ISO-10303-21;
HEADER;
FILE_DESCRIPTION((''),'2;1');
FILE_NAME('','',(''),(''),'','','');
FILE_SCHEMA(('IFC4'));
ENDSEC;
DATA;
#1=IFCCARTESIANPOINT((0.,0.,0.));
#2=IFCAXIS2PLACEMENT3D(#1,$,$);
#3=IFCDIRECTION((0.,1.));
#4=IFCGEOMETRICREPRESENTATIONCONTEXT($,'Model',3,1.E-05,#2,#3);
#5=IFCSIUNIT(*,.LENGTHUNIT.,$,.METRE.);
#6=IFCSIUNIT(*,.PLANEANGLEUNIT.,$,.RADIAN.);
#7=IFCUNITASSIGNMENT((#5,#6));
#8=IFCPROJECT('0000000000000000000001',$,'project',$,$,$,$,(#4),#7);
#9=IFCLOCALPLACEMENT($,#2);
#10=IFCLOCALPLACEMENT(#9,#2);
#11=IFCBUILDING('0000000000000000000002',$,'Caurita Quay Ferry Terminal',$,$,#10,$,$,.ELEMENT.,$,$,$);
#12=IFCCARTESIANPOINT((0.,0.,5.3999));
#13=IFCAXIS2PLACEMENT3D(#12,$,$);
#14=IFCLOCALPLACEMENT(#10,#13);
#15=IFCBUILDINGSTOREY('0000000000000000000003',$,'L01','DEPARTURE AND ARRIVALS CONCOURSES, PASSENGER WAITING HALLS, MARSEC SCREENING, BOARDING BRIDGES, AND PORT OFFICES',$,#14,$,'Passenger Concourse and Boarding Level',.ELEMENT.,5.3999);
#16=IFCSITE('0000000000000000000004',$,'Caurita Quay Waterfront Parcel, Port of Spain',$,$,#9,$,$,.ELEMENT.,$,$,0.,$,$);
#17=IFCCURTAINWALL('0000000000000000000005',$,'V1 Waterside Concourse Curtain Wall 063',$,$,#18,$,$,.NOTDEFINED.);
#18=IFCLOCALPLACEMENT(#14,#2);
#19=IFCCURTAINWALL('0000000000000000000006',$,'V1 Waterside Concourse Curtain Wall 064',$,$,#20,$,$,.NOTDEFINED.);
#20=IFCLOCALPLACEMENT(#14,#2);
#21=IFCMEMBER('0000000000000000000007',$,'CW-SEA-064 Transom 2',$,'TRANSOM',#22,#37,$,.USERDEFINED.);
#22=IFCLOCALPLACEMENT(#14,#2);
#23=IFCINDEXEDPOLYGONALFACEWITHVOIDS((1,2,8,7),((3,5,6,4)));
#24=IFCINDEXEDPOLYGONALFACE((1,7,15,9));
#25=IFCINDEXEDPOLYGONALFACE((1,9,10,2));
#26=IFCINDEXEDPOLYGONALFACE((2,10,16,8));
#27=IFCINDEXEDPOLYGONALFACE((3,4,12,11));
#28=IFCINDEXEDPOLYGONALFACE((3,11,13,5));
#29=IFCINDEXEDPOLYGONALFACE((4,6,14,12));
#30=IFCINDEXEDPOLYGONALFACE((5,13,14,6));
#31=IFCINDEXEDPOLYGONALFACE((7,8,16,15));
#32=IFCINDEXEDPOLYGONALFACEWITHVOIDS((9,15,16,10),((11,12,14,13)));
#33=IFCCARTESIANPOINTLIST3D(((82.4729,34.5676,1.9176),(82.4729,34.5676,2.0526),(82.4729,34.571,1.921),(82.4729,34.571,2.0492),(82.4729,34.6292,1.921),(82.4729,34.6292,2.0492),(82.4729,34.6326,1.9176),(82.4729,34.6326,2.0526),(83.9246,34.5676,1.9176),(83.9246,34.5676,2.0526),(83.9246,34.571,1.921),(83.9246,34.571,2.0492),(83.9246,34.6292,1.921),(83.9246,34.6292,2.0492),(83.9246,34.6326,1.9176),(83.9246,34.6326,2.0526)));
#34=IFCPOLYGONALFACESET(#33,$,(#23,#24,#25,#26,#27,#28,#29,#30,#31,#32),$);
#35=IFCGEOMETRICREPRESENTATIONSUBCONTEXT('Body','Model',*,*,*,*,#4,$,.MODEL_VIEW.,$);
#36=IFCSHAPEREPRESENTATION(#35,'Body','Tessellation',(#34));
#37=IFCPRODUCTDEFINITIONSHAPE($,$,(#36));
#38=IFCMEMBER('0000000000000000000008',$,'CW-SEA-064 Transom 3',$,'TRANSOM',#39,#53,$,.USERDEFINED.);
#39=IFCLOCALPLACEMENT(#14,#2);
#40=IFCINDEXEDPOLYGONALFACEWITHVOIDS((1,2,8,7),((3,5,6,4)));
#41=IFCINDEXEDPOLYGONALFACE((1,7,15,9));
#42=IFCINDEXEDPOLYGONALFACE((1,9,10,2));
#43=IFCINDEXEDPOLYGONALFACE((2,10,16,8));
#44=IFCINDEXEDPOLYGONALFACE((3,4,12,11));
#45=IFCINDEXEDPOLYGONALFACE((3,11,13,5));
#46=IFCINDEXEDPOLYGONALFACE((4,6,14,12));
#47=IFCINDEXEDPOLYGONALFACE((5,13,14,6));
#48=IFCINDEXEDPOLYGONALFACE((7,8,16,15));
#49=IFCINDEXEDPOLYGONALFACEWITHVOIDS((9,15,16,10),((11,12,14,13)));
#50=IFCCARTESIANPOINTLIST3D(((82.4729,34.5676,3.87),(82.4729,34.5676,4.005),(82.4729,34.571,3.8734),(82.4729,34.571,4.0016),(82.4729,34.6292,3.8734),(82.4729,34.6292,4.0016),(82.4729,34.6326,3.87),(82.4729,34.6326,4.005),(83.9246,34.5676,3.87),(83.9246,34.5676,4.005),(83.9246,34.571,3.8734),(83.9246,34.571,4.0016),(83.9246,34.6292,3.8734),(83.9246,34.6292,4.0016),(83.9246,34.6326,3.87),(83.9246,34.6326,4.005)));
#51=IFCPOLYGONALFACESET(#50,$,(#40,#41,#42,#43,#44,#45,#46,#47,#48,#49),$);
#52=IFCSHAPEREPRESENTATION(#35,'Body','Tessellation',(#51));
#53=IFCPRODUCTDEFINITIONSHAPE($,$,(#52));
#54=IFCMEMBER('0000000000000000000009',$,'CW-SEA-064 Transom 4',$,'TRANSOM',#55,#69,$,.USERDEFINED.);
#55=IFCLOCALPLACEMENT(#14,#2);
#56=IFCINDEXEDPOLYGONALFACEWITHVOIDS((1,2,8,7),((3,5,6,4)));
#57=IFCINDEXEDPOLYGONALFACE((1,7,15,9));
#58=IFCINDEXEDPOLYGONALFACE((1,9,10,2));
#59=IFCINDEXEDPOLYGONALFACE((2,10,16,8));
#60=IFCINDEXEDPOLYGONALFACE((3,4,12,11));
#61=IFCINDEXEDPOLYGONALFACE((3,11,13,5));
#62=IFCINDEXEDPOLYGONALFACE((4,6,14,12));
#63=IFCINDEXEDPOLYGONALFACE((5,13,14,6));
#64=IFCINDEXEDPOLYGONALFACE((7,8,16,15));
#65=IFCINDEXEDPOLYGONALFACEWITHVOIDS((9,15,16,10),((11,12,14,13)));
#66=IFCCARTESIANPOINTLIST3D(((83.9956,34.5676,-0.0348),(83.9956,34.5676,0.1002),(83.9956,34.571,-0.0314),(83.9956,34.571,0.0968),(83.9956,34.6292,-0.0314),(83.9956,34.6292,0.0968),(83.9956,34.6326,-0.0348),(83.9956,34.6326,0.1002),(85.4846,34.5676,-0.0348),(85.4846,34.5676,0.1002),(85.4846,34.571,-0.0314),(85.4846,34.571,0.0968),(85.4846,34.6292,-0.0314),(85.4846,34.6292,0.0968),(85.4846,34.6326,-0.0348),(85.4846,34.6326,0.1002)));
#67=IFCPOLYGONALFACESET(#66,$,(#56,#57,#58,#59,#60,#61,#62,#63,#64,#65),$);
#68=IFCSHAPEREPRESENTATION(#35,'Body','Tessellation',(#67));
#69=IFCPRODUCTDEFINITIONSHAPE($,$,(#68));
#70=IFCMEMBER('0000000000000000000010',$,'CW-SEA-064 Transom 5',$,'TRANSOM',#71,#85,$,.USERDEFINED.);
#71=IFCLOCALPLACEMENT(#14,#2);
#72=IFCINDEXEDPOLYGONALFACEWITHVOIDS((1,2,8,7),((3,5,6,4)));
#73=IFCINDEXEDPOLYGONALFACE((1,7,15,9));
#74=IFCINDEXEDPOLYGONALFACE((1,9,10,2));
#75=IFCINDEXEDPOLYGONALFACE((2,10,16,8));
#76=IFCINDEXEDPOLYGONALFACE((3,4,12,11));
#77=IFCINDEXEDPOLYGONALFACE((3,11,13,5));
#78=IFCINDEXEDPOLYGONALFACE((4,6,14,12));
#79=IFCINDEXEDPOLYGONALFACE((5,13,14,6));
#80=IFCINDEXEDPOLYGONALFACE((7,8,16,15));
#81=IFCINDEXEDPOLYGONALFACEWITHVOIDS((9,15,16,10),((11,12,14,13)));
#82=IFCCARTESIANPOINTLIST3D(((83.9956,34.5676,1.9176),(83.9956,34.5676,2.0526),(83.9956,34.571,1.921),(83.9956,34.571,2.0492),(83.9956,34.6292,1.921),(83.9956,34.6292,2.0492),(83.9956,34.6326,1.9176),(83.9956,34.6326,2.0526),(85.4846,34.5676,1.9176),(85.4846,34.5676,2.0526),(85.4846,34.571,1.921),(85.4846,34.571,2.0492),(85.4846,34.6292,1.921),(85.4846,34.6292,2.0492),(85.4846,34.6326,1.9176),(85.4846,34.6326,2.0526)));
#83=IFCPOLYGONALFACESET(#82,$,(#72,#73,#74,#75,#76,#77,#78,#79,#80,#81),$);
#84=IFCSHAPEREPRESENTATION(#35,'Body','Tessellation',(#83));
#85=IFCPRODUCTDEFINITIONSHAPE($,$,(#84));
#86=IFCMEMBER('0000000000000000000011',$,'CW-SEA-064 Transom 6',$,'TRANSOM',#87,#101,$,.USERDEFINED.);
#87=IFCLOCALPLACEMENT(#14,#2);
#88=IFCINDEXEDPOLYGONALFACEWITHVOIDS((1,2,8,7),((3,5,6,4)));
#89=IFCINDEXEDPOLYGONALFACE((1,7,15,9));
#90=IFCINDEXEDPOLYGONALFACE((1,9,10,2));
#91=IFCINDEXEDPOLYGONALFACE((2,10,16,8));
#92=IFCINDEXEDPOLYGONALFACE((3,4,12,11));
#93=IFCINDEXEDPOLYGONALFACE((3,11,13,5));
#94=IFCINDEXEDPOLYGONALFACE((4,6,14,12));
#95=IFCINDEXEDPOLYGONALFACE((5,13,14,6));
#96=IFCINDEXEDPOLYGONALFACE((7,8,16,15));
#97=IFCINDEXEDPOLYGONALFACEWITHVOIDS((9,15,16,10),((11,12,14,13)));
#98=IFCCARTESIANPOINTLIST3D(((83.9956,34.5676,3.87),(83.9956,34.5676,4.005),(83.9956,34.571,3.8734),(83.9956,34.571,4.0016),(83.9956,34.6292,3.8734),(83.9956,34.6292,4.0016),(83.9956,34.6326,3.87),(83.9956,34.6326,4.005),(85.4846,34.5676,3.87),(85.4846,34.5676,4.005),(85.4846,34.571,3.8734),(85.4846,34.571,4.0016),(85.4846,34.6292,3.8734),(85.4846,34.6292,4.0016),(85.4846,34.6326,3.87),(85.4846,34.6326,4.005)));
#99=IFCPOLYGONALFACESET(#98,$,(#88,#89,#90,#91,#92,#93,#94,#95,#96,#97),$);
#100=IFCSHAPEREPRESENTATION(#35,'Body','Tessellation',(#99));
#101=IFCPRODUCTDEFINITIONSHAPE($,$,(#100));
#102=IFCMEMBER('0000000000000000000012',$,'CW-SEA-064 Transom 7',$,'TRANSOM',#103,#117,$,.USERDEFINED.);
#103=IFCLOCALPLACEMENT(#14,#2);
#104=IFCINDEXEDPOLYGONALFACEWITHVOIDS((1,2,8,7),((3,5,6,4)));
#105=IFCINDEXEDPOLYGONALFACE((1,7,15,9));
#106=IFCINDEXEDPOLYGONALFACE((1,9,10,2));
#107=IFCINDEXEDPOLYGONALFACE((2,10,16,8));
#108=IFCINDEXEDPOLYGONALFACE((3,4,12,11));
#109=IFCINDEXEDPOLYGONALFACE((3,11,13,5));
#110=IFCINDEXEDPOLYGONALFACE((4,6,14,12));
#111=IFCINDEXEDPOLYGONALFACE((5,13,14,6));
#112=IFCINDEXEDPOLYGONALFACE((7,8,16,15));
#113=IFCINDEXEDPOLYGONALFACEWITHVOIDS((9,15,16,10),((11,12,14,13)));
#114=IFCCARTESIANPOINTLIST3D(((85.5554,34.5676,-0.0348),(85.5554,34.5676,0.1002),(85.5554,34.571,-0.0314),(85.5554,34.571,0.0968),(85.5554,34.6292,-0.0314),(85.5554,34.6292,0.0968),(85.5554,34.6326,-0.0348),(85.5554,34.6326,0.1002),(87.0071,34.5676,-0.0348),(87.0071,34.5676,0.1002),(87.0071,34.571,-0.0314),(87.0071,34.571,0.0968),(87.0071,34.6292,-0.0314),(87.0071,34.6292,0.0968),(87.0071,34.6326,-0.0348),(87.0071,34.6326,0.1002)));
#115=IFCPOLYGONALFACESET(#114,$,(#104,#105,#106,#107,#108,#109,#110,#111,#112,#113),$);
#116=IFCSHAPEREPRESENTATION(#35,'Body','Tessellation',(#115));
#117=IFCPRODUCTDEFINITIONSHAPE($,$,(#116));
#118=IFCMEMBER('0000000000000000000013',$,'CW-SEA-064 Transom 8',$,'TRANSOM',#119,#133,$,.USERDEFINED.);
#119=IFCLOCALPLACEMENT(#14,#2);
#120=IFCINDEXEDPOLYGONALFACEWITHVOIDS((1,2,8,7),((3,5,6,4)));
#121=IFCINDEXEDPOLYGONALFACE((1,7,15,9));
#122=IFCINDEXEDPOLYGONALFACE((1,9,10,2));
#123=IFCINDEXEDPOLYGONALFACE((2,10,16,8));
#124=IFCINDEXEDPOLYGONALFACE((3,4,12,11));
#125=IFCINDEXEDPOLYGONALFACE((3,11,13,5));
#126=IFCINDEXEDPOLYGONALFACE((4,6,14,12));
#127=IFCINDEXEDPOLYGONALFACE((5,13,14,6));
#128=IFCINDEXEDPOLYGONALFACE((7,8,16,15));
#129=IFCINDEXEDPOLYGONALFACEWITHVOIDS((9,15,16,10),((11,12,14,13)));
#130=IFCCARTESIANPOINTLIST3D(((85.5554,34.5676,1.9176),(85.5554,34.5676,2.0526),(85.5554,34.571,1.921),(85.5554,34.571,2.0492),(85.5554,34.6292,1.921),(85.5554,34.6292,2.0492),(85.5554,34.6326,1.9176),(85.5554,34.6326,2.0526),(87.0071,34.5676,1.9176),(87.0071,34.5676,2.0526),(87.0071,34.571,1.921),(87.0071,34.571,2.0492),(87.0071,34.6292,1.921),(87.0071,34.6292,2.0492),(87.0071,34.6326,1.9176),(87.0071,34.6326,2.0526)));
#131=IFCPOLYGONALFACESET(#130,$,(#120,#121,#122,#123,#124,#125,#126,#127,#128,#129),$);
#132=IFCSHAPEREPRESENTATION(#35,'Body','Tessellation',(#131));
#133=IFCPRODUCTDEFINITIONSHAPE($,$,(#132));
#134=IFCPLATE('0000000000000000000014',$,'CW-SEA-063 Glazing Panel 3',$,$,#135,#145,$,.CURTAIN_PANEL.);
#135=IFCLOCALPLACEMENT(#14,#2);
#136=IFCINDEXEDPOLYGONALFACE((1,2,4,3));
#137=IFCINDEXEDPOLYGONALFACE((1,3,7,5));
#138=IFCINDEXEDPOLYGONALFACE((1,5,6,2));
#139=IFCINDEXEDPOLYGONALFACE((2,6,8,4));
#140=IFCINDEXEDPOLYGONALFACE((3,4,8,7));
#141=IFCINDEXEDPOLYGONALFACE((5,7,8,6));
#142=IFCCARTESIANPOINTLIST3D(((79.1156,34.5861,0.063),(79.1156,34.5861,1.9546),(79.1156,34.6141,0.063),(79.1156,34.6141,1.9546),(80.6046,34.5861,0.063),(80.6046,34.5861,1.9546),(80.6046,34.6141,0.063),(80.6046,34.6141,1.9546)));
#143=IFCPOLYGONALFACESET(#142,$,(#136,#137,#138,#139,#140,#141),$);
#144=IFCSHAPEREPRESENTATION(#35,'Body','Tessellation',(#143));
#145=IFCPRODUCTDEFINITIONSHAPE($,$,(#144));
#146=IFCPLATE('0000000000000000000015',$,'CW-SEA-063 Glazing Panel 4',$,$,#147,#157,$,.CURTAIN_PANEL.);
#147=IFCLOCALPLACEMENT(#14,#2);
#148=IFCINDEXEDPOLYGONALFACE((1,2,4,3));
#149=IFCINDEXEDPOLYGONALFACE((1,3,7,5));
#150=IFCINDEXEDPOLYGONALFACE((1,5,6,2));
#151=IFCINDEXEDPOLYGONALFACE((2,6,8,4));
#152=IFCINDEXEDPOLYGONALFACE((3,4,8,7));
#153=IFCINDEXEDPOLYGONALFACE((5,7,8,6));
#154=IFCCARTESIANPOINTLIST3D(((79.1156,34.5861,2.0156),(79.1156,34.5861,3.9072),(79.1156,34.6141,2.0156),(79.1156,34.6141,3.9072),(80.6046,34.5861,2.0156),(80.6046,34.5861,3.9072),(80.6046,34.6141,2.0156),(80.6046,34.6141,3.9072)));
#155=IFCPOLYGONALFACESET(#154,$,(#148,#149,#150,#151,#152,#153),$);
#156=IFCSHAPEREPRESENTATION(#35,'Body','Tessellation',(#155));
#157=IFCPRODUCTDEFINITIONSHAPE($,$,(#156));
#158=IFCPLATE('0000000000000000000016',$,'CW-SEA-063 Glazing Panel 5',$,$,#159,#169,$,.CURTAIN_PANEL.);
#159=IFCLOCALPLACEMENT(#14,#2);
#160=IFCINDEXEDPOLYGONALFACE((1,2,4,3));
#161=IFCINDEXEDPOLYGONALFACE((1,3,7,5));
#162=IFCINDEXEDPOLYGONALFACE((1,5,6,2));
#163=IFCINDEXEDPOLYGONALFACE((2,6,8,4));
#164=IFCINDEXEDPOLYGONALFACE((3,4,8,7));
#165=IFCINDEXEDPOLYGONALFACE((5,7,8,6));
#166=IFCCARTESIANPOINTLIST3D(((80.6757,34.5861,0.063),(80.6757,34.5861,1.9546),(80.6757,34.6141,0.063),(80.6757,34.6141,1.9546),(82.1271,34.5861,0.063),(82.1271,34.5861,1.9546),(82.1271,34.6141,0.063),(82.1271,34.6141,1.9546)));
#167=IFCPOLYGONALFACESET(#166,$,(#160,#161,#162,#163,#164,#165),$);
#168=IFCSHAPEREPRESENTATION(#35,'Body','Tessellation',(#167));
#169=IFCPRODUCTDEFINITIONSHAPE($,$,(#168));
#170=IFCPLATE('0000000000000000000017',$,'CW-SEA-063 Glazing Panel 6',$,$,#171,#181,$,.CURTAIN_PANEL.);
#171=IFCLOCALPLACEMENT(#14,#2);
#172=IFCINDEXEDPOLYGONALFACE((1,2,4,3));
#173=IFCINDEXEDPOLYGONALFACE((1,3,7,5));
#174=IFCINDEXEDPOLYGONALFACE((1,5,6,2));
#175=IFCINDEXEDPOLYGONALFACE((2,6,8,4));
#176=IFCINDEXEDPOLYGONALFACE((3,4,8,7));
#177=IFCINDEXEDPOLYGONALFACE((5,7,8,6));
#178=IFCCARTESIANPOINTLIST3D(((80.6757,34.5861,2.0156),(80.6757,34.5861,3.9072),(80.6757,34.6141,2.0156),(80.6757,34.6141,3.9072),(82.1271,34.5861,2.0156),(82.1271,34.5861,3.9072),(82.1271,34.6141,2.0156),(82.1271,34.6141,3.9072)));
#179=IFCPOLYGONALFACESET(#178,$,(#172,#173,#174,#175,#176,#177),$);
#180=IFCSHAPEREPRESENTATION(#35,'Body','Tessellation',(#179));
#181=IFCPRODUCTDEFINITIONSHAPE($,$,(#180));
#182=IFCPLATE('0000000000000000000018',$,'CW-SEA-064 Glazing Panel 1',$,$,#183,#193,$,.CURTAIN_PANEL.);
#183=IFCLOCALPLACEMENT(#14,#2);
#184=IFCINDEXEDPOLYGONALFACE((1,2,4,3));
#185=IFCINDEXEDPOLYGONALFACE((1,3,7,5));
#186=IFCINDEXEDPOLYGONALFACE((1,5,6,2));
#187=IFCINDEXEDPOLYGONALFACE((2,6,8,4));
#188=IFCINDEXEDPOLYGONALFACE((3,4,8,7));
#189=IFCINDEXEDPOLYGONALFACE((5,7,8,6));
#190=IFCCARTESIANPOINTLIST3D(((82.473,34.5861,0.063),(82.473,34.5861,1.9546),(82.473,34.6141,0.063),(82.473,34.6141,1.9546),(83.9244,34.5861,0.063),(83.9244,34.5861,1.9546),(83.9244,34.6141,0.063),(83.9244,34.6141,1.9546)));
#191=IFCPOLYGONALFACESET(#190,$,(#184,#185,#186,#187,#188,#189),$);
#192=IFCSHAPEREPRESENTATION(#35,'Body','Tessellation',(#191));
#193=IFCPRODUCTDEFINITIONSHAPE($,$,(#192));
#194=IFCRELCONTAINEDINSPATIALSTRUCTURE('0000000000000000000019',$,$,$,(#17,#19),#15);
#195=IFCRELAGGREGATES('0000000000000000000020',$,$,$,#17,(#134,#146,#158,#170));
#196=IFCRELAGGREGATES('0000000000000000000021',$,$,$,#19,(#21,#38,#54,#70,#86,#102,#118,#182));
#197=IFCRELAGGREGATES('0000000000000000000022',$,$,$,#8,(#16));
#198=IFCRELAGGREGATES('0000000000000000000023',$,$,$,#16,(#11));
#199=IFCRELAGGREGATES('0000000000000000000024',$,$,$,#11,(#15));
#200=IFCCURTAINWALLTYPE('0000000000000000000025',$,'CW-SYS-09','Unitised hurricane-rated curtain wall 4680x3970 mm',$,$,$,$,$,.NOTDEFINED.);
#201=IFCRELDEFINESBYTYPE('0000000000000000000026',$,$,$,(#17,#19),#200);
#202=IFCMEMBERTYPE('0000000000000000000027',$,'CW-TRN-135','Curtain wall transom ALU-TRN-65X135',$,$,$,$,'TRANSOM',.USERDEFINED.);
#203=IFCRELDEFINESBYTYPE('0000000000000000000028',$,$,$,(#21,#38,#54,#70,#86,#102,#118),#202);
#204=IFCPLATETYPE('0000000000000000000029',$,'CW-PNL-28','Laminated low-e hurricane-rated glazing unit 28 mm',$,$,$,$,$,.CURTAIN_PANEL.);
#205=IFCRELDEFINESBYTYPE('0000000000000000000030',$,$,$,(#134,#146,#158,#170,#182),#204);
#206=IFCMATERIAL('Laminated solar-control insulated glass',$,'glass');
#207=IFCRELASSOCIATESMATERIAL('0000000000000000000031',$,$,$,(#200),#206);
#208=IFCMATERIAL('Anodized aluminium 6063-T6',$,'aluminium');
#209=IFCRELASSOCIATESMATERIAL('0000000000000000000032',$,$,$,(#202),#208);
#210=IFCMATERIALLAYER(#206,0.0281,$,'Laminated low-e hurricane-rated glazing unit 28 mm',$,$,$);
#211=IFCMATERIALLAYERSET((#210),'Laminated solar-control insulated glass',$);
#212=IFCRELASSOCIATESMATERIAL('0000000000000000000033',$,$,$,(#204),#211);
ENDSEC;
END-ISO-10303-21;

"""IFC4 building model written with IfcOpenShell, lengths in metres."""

from ifc_helpers import new_model, si_unit, direction, frame, origin, origin_2d, place, context, subcontext, project, spatial, rectangle, hollow_rectangle, extrude, material, layer, layer_set, material_profile, profile_set, type_object, element, aggregate, save


model = new_model("IFC4")

# Units and contexts
model_context = context("Model", 3, precision=1e-05, world=origin(), true_north=direction((0.0, 1.0)))
body_context = subcontext(model_context, "Body", "Model", "MODEL_VIEW")
ifc_project = project(units=[si_unit("LENGTHUNIT", "METRE"), si_unit("PLANEANGLEUNIT", "RADIAN")], contexts=[model_context])

# Site, building, storey
site_placement = place(None, origin())
site = spatial("IfcSite", under=ifc_project, at=site_placement, Name="Caurita Quay Waterfront Parcel, Port of Spain", CompositionType="ELEMENT", RefElevation=0.0)
building_placement = place(site_placement, origin())
building = spatial("IfcBuilding", under=site, at=building_placement, Name="Caurita Quay Ferry Terminal", CompositionType="ELEMENT")
storey_placement = place(building_placement, frame((0.0, 0.0, 5.3999)))
storey = spatial("IfcBuildingStorey", under=building, at=storey_placement, Name="L01", Description="DEPARTURE AND ARRIVALS CONCOURSES, PASSENGER WAITING HALLS, MARSEC SCREENING, BOARDING BRIDGES, AND PORT OFFICES", LongName="Passenger Concourse and Boarding Level", CompositionType="ELEMENT", Elevation=5.3999)

# Curtain walls
ifc_material_1 = material(Name="Laminated solar-control insulated glass", Category="glass")
curtain_wall_type = type_object("IfcCurtainWallType", Name="CW-SYS-09", Description="Unitised hurricane-rated curtain wall 4680x3970 mm", PredefinedType="NOTDEFINED", material=ifc_material_1)
curtain_wall_1_placement = place(storey_placement, origin())
curtain_wall_1 = element("IfcCurtainWall", 1, at=curtain_wall_1_placement, inside=storey, type_object=curtain_wall_type, Name="V1 Waterside Concourse Curtain Wall 063", PredefinedType="NOTDEFINED")
ifc_material_2 = material(Name="Anodized aluminium 6063-T6", Category="aluminium")
curtain_wall_2_placement = place(storey_placement, origin())
curtain_wall_2 = element("IfcCurtainWall", 2, at=curtain_wall_2_placement, inside=storey, type_object=curtain_wall_type, Name="V1 Waterside Concourse Curtain Wall 064", PredefinedType="NOTDEFINED")

# Members
ifc_material_profile_1 = material_profile(ifc_material_2, hollow_rectangle(XDim=0.0649, YDim=0.135, WallThickness=0.0034, at=origin_2d()), Name="ALU-TRN-65X135")
ifc_profile_set_1 = profile_set([ifc_material_profile_1], Name="Anodized aluminium 6063-T6")
member_type_1 = type_object("IfcMemberType", Name="CW-TRN-135", Description="Curtain wall transom ALU-TRN-65X135", ElementType="TRANSOM", PredefinedType="USERDEFINED", material=ifc_profile_set_1)
member_1_placement = place(storey_placement, frame((82.4729, 34.6001, 1.9851), z_axis=(1.0, 0.0, 0.0), x_axis=(0.0, 1.0, 0.0)))
member_1 = element("IfcMember", 3, at=member_1_placement, type_object=member_type_1, Name="CW-SEA-064 Transom 2", ObjectType="TRANSOM", PredefinedType="USERDEFINED", context=body_context, shape_type="SweptSolid", body=[
    extrude(hollow_rectangle(XDim=0.0649, YDim=0.135, WallThickness=0.0034, at=origin_2d()), origin(), (0.0, 0.0, 1.0), 1.4517),
])
member_2_placement = place(storey_placement, frame((82.4729, 34.6001, 3.9375), z_axis=(1.0, 0.0, 0.0), x_axis=(0.0, 1.0, 0.0)))
member_2 = element("IfcMember", 4, at=member_2_placement, type_object=member_type_1, Name="CW-SEA-064 Transom 3", ObjectType="TRANSOM", PredefinedType="USERDEFINED", context=body_context, shape_type="SweptSolid", body=[
    extrude(hollow_rectangle(XDim=0.0649, YDim=0.135, WallThickness=0.0034, at=origin_2d()), origin(), (0.0, 0.0, 1.0), 1.4517),
])
member_3_placement = place(storey_placement, frame((83.9956, 34.6001, 0.0327), z_axis=(1.0, 0.0, 0.0), x_axis=(0.0, 1.0, 0.0)))
member_3 = element("IfcMember", 5, at=member_3_placement, type_object=member_type_1, Name="CW-SEA-064 Transom 4", ObjectType="TRANSOM", PredefinedType="USERDEFINED", context=body_context, shape_type="SweptSolid", body=[
    extrude(hollow_rectangle(XDim=0.0649, YDim=0.135, WallThickness=0.0034, at=origin_2d()), origin(), (0.0, 0.0, 1.0), 1.489),
])
member_4_placement = place(storey_placement, frame((83.9956, 34.6001, 1.9851), z_axis=(1.0, 0.0, 0.0), x_axis=(0.0, 1.0, 0.0)))
member_4 = element("IfcMember", 6, at=member_4_placement, type_object=member_type_1, Name="CW-SEA-064 Transom 5", ObjectType="TRANSOM", PredefinedType="USERDEFINED", context=body_context, shape_type="SweptSolid", body=[
    extrude(hollow_rectangle(XDim=0.0649, YDim=0.135, WallThickness=0.0034, at=origin_2d()), origin(), (0.0, 0.0, 1.0), 1.489),
])
member_5_placement = place(storey_placement, frame((83.9956, 34.6001, 3.9375), z_axis=(1.0, 0.0, 0.0), x_axis=(0.0, 1.0, 0.0)))
member_5 = element("IfcMember", 7, at=member_5_placement, type_object=member_type_1, Name="CW-SEA-064 Transom 6", ObjectType="TRANSOM", PredefinedType="USERDEFINED", context=body_context, shape_type="SweptSolid", body=[
    extrude(hollow_rectangle(XDim=0.0649, YDim=0.135, WallThickness=0.0034, at=origin_2d()), origin(), (0.0, 0.0, 1.0), 1.489),
])
member_6_placement = place(storey_placement, frame((85.5554, 34.6001, 0.0327), z_axis=(1.0, 0.0, 0.0), x_axis=(0.0, 1.0, 0.0)))
member_6 = element("IfcMember", 8, at=member_6_placement, type_object=member_type_1, Name="CW-SEA-064 Transom 7", ObjectType="TRANSOM", PredefinedType="USERDEFINED", context=body_context, shape_type="SweptSolid", body=[
    extrude(hollow_rectangle(XDim=0.0649, YDim=0.135, WallThickness=0.0034, at=origin_2d()), origin(), (0.0, 0.0, 1.0), 1.4517),
])
member_7_placement = place(storey_placement, frame((85.5554, 34.6001, 1.9851), z_axis=(1.0, 0.0, 0.0), x_axis=(0.0, 1.0, 0.0)))
member_7 = element("IfcMember", 9, at=member_7_placement, type_object=member_type_1, Name="CW-SEA-064 Transom 8", ObjectType="TRANSOM", PredefinedType="USERDEFINED", context=body_context, shape_type="SweptSolid", body=[
    extrude(hollow_rectangle(XDim=0.0649, YDim=0.135, WallThickness=0.0034, at=origin_2d()), origin(), (0.0, 0.0, 1.0), 1.4517),
])

# Plates
ifc_layer = layer(ifc_material_1, 0.0281, Name="Laminated low-e hurricane-rated glazing unit 28 mm")
ifc_layer_set = layer_set([ifc_layer], Name="Laminated solar-control insulated glass")
plate_type = type_object("IfcPlateType", Name="CW-PNL-28", Description="Laminated low-e hurricane-rated glazing unit 28 mm", PredefinedType="CURTAIN_PANEL", material=ifc_layer_set)
plate_1_placement = place(storey_placement, frame((79.8601, 34.6001, 0.063), z_axis=(0.0, 0.0, 1.0), x_axis=(1.0, 0.0, 0.0)))
plate_1 = element("IfcPlate", 10, at=plate_1_placement, type_object=plate_type, Name="CW-SEA-063 Glazing Panel 3", PredefinedType="CURTAIN_PANEL", context=body_context, shape_type="SweptSolid", body=[
    extrude(rectangle(XDim=1.489, YDim=0.0281, at=origin_2d()), origin(), (0.0, 0.0, 1.0), 1.8916),
])
plate_2_placement = place(storey_placement, frame((79.8601, 34.6001, 2.0156), z_axis=(0.0, 0.0, 1.0), x_axis=(1.0, 0.0, 0.0)))
plate_2 = element("IfcPlate", 11, at=plate_2_placement, type_object=plate_type, Name="CW-SEA-063 Glazing Panel 4", PredefinedType="CURTAIN_PANEL", context=body_context, shape_type="SweptSolid", body=[
    extrude(rectangle(XDim=1.489, YDim=0.0281, at=origin_2d()), origin(), (0.0, 0.0, 1.0), 1.8916),
])
plate_3_placement = place(storey_placement, frame((81.4014, 34.6001, 0.063), z_axis=(0.0, 0.0, 1.0), x_axis=(1.0, 0.0, 0.0)))
plate_3 = element("IfcPlate", 12, at=plate_3_placement, type_object=plate_type, Name="CW-SEA-063 Glazing Panel 5", PredefinedType="CURTAIN_PANEL", context=body_context, shape_type="SweptSolid", body=[
    extrude(rectangle(XDim=1.4514, YDim=0.0281, at=origin_2d()), origin(), (0.0, 0.0, 1.0), 1.8916),
])
plate_4_placement = place(storey_placement, frame((81.4014, 34.6001, 2.0156), z_axis=(0.0, 0.0, 1.0), x_axis=(1.0, 0.0, 0.0)))
plate_4 = element("IfcPlate", 13, at=plate_4_placement, type_object=plate_type, Name="CW-SEA-063 Glazing Panel 6", PredefinedType="CURTAIN_PANEL", context=body_context, shape_type="SweptSolid", body=[
    extrude(rectangle(XDim=1.4514, YDim=0.0281, at=origin_2d()), origin(), (0.0, 0.0, 1.0), 1.8916),
])
aggregate(curtain_wall_1, [plate_1, plate_2, plate_3, plate_4])
plate_5_placement = place(storey_placement, frame((83.1987, 34.6001, 0.063), z_axis=(0.0, 0.0, 1.0), x_axis=(1.0, 0.0, 0.0)))
plate_5 = element("IfcPlate", 14, at=plate_5_placement, type_object=plate_type, Name="CW-SEA-064 Glazing Panel 1", PredefinedType="CURTAIN_PANEL", context=body_context, shape_type="SweptSolid", body=[
    extrude(rectangle(XDim=1.4514, YDim=0.0281, at=origin_2d()), origin(), (0.0, 0.0, 1.0), 1.8916),
])
aggregate(curtain_wall_2, [member_1, member_2, member_3, member_4, member_5, member_6, member_7, plate_5])

save(model, "model.ifc")
